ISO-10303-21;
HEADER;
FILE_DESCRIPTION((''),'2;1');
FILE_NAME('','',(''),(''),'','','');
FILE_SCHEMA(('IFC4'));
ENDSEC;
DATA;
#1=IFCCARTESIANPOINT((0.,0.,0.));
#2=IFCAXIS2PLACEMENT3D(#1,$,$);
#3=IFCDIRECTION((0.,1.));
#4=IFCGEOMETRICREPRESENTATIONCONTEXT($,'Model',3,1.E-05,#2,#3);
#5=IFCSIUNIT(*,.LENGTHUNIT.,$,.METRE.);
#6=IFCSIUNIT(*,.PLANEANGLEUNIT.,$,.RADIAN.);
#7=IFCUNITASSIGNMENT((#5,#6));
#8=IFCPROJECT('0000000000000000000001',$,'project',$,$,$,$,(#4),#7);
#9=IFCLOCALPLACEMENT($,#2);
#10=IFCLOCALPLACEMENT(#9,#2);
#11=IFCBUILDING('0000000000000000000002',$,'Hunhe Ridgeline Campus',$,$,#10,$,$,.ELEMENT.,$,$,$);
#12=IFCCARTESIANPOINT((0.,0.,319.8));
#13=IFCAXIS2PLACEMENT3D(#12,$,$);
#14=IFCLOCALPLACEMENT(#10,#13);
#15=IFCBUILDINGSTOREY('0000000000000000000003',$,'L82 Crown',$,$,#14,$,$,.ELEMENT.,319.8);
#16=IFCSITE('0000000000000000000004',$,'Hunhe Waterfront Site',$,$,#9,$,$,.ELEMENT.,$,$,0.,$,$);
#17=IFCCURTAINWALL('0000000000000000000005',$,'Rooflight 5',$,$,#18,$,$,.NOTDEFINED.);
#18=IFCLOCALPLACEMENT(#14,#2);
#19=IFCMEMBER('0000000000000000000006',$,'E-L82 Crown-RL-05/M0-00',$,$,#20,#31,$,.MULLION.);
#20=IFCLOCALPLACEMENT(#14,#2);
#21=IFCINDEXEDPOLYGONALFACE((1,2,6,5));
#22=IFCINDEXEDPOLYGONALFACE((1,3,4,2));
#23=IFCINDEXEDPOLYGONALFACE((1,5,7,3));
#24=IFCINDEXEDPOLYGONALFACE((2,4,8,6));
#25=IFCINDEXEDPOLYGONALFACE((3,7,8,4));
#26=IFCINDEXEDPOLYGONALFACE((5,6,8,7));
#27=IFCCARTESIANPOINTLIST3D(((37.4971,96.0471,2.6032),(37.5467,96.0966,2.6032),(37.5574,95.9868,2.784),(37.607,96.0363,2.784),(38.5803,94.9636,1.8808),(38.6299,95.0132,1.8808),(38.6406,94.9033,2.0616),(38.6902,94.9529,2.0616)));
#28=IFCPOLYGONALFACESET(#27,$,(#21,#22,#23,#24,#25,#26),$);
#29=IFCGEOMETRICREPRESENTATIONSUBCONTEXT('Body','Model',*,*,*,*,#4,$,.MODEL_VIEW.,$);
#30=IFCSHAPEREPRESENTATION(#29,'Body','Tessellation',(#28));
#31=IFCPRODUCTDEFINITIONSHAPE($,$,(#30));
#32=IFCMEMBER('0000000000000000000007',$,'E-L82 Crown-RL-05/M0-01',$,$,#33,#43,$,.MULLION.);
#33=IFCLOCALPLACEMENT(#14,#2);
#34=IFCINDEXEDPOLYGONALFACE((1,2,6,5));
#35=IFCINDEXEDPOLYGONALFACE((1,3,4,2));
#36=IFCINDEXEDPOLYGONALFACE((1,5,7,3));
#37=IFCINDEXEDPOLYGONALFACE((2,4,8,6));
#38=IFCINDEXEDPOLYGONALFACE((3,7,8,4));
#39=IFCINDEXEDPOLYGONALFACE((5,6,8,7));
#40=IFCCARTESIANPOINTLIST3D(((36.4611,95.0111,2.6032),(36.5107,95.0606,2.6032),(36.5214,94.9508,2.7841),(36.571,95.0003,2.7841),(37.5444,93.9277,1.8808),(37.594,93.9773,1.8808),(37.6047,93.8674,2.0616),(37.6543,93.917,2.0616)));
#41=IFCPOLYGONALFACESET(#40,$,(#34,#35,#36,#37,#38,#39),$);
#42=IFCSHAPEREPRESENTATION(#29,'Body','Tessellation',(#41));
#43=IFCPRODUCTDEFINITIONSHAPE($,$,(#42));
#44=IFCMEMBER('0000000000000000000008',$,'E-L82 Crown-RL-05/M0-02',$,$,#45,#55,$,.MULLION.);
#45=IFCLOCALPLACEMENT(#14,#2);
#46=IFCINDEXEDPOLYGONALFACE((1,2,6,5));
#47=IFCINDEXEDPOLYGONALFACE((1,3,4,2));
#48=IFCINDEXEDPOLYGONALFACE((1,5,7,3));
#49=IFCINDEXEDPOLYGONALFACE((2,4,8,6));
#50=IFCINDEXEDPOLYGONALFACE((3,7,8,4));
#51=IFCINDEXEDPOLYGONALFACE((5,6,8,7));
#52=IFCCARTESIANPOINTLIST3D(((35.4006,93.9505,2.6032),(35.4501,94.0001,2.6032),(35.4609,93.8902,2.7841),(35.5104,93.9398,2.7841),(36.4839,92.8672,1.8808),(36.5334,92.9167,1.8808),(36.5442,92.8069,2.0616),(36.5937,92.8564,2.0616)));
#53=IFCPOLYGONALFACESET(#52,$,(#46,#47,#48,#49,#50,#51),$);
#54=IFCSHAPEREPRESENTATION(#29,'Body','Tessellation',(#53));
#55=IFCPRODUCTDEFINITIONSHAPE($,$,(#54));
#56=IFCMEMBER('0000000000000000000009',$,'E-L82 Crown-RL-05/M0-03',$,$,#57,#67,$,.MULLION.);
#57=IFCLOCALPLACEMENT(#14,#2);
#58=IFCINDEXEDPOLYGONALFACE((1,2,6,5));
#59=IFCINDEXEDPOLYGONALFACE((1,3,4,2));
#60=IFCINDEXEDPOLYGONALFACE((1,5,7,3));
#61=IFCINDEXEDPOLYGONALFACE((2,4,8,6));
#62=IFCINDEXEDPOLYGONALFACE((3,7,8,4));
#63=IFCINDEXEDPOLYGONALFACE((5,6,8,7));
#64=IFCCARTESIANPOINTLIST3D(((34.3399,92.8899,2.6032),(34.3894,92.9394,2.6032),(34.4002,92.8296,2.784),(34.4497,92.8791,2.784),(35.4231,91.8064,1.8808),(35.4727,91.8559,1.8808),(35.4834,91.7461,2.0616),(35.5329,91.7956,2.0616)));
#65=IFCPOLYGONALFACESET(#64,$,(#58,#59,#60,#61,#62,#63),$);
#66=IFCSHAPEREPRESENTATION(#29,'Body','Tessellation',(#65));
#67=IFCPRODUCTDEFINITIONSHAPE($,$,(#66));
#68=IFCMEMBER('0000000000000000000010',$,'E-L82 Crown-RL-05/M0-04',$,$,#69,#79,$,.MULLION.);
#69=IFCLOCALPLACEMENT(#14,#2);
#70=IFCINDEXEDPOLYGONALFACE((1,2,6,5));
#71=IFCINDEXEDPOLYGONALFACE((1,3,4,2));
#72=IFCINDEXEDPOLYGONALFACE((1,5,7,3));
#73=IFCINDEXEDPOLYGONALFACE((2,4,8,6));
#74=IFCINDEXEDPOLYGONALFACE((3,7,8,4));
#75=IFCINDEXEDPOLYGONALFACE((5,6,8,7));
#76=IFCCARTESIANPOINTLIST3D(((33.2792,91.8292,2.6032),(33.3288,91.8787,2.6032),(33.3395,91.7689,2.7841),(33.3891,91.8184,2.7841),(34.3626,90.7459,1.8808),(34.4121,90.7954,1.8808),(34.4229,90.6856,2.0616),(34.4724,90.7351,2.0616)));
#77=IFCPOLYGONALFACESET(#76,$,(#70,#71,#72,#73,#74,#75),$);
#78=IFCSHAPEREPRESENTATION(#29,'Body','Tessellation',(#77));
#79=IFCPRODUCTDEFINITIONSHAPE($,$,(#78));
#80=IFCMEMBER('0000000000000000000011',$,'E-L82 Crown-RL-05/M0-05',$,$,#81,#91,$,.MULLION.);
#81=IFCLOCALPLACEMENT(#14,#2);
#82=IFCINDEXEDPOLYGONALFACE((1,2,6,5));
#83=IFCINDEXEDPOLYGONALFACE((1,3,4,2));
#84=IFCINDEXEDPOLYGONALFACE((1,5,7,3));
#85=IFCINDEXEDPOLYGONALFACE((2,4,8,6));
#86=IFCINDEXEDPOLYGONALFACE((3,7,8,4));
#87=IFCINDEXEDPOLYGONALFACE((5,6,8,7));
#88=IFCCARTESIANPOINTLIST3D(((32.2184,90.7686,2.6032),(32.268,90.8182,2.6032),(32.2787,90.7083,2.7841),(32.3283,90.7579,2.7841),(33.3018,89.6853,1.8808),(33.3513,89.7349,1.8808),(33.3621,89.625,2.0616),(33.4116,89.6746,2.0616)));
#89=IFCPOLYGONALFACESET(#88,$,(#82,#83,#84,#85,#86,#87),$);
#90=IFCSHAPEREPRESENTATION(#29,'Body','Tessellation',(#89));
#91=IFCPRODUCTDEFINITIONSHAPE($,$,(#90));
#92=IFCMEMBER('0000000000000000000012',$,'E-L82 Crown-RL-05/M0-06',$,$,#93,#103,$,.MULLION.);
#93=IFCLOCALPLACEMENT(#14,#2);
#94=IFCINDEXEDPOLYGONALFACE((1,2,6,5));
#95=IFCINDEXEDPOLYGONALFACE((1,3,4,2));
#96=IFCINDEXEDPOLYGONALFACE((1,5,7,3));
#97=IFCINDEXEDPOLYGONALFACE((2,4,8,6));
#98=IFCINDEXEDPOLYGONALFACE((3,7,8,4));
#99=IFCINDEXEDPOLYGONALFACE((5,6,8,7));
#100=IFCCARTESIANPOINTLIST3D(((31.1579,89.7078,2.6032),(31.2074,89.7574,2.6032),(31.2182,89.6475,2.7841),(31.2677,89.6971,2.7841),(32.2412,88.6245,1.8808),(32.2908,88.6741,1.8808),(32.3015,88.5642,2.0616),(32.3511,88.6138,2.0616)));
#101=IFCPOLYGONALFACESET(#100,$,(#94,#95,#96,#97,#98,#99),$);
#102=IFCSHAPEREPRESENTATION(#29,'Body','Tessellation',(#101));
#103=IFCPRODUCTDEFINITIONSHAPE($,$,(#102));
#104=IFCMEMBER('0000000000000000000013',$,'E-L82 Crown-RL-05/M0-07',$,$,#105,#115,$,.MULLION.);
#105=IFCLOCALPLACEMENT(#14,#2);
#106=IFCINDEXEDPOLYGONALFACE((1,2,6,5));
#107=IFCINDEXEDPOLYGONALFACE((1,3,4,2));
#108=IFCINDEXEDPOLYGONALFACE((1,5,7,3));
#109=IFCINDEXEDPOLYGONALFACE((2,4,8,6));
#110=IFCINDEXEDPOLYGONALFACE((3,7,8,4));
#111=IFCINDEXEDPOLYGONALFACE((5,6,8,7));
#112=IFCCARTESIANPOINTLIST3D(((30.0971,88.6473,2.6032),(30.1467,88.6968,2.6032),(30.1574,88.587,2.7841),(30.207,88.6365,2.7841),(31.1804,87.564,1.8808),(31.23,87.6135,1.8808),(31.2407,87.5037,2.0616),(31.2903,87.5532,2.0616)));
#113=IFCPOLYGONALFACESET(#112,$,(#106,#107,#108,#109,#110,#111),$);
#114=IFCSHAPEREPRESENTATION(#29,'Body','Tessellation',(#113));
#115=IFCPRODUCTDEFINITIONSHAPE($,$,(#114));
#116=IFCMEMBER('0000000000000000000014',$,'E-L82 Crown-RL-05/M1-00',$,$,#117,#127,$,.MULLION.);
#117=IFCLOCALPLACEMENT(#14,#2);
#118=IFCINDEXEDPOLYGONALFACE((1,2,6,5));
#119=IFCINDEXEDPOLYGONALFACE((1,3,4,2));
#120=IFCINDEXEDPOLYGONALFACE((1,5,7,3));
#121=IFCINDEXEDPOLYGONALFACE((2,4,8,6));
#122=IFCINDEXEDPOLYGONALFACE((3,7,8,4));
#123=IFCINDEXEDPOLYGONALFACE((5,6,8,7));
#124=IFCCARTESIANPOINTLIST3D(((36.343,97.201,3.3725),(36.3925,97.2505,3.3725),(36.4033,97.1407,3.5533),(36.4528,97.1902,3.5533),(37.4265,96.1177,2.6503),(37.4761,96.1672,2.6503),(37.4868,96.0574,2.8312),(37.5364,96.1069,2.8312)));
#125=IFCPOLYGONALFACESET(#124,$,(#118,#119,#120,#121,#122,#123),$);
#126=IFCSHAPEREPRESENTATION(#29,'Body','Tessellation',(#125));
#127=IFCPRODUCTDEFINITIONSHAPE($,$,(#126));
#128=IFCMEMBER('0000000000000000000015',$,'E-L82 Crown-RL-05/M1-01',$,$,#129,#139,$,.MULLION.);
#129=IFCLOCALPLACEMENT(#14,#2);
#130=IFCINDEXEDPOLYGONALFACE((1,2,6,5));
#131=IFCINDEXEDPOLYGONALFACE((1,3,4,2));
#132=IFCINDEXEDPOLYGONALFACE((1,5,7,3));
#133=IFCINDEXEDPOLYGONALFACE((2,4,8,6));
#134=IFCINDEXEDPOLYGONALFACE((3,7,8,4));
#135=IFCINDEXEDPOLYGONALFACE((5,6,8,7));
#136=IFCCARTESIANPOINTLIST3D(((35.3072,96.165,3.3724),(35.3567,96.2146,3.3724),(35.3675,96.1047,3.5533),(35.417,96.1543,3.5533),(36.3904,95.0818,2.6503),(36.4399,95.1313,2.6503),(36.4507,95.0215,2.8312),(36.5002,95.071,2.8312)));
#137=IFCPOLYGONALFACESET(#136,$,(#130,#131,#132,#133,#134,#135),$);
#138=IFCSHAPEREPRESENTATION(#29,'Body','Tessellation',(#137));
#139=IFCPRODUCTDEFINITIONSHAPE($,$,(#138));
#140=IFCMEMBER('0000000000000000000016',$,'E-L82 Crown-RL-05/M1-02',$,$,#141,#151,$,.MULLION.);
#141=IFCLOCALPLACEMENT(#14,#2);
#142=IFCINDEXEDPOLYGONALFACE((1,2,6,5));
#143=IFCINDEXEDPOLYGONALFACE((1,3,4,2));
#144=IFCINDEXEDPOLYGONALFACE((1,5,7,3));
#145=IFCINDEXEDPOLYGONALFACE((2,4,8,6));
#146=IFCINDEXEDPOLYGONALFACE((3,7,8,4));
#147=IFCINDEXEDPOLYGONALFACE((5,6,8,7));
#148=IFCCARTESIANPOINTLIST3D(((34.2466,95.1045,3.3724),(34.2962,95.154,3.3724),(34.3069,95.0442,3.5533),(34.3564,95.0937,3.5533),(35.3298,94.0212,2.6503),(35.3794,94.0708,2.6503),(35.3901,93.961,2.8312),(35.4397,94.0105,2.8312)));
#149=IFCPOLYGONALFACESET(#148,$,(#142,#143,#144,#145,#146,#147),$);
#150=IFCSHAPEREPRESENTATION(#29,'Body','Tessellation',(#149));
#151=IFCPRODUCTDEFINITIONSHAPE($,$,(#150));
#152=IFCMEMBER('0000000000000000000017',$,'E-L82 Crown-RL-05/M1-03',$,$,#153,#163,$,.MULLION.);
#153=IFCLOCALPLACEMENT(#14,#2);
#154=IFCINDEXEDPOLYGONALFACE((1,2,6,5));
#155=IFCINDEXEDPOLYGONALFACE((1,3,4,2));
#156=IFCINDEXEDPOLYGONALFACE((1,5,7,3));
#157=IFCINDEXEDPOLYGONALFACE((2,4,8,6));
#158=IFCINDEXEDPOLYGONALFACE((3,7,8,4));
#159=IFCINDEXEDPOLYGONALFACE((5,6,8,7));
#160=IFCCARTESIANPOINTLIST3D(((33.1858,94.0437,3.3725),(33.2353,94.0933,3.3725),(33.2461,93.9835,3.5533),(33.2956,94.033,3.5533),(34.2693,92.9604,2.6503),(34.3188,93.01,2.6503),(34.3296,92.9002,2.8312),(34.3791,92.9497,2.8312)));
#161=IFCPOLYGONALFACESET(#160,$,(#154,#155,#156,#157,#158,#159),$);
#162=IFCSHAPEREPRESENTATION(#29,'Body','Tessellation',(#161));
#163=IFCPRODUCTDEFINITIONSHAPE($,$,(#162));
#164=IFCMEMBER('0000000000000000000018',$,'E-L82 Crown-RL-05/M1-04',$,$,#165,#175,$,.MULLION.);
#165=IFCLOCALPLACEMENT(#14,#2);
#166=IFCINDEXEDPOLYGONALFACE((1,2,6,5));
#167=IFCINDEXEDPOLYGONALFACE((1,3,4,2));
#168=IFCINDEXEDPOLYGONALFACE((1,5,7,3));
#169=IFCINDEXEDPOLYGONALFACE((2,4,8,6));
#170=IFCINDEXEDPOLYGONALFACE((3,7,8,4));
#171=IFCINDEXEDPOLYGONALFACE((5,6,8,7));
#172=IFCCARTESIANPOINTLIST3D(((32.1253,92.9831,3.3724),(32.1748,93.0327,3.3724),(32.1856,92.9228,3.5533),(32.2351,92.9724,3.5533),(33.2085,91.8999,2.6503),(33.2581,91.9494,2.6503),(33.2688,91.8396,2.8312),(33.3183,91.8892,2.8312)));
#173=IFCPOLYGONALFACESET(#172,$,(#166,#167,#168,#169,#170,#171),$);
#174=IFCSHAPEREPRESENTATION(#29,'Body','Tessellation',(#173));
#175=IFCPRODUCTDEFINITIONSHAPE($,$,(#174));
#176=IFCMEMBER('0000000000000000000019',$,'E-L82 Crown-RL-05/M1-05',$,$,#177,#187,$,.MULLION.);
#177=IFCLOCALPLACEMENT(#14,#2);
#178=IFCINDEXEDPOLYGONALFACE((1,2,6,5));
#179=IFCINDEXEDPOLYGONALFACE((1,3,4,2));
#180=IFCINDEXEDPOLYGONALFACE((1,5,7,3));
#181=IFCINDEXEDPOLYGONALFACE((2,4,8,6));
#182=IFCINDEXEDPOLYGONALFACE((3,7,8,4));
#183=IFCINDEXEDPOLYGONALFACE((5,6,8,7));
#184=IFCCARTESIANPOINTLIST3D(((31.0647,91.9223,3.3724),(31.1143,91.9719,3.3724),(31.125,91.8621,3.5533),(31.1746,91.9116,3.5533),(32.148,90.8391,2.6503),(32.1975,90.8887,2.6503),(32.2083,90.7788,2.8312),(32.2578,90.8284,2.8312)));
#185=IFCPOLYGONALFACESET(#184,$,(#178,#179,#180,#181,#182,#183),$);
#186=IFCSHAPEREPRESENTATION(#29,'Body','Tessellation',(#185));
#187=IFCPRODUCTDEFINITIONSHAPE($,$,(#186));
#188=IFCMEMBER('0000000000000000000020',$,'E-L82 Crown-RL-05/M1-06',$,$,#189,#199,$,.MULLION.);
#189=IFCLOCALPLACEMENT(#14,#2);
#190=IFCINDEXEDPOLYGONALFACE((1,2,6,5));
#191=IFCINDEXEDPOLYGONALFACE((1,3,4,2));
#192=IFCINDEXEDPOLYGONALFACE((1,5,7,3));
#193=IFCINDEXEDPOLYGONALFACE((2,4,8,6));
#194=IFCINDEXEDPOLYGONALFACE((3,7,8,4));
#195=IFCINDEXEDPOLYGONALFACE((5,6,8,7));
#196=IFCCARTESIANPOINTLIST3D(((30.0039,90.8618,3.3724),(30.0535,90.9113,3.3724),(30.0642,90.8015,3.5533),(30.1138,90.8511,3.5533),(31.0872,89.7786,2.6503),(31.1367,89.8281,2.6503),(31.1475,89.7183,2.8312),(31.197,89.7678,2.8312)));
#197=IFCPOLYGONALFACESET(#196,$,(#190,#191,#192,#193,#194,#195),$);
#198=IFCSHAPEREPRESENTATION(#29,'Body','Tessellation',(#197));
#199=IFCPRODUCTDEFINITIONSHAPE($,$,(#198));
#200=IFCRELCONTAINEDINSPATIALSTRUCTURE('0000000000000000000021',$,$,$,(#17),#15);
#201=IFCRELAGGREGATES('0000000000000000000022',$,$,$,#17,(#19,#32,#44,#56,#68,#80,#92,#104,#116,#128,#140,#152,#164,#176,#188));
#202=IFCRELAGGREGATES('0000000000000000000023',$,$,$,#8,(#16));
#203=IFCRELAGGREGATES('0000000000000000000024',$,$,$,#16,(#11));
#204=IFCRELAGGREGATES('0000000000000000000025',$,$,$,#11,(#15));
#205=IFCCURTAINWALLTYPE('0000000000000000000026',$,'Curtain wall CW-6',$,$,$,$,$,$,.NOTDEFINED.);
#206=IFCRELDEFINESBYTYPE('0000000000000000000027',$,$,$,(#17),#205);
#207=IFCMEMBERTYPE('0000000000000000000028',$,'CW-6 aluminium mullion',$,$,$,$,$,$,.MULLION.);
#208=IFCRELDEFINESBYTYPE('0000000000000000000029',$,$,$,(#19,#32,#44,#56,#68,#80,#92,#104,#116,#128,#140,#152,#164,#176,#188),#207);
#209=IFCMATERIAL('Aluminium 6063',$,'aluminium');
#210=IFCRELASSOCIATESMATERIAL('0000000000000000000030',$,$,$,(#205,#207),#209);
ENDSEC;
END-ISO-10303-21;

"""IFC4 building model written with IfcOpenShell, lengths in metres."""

from ifc_helpers import new_model, si_unit, direction, frame, origin, origin_2d, place, context, subcontext, project, spatial, rectangle, extrude, material, material_profile, profile_set, type_object, element, aggregate, save


model = new_model("IFC4")

# Units and contexts
model_context = context("Model", 3, precision=1e-05, world=origin(), true_north=direction((0.0, 1.0)))
body_context = subcontext(model_context, "Body", "Model", "MODEL_VIEW")
ifc_project = project(units=[si_unit("LENGTHUNIT", "METRE"), si_unit("PLANEANGLEUNIT", "RADIAN")], contexts=[model_context])

# Site, building, storey
site_placement = place(None, origin())
site = spatial("IfcSite", under=ifc_project, at=site_placement, Name="Hunhe Waterfront Site", CompositionType="ELEMENT", RefElevation=0.0)
building_placement = place(site_placement, origin())
building = spatial("IfcBuilding", under=site, at=building_placement, Name="Hunhe Ridgeline Campus", CompositionType="ELEMENT")
storey_placement = place(building_placement, frame((0.0, 0.0, 319.8)))
storey = spatial("IfcBuildingStorey", under=building, at=storey_placement, Name="L82 Crown", CompositionType="ELEMENT", Elevation=319.8)

# Curtain wall, members
ifc_material_1 = material(Name="Aluminium 6063", Category="aluminium")
curtain_wall_type = type_object("IfcCurtainWallType", Name="Curtain wall CW-6", PredefinedType="NOTDEFINED", material=ifc_material_1)
curtain_wall_placement = place(storey_placement, origin())
curtain_wall = element("IfcCurtainWall", 1, at=curtain_wall_placement, inside=storey, type_object=curtain_wall_type, Name="Rooflight 5", PredefinedType="NOTDEFINED")
ifc_material_profile_1 = material_profile(ifc_material_1, rectangle(XDim=0.0701, YDim=0.2, at=origin_2d()))
ifc_profile_set_1 = profile_set([ifc_material_profile_1], Name="Aluminium 6063")
member_type_1 = type_object("IfcMemberType", Name="CW-6 aluminium mullion", PredefinedType="MULLION", material=ifc_profile_set_1)
member_1_placement = place(storey_placement, frame((38.6353, 94.9583, 1.9712), z_axis=(-0.639504, 0.639648, 0.42648), x_axis=(-0.707186, -0.707027, 0.0)))
member_1 = element("IfcMember", 2, at=member_1_placement, type_object=member_type_1, Name="E-L82 Crown-RL-05/M0-00", PredefinedType="MULLION", context=body_context, shape_type="SweptSolid", body=[
    extrude(rectangle(XDim=0.0701, YDim=0.2, at=origin_2d()), origin(), (0.0, 0.0, 1.0), 1.6938),
])
member_2_placement = place(storey_placement, frame((37.5994, 93.9224, 1.9712), z_axis=(-0.639563, 0.639563, 0.426519), x_axis=(-0.707107, -0.707107, 0.0)))
member_2 = element("IfcMember", 3, at=member_2_placement, type_object=member_type_1, Name="E-L82 Crown-RL-05/M0-01", PredefinedType="MULLION", context=body_context, shape_type="SweptSolid", body=[
    extrude(rectangle(XDim=0.0701, YDim=0.2, at=origin_2d()), origin(), (0.0, 0.0, 1.0), 1.6938),
])
member_3_placement = place(storey_placement, frame((36.5388, 92.8618, 1.9712), z_axis=(-0.639563, 0.639563, 0.426519), x_axis=(-0.707107, -0.707107, 0.0)))
member_3 = element("IfcMember", 4, at=member_3_placement, type_object=member_type_1, Name="E-L82 Crown-RL-05/M0-02", PredefinedType="MULLION", context=body_context, shape_type="SweptSolid", body=[
    extrude(rectangle(XDim=0.0701, YDim=0.2, at=origin_2d()), origin(), (0.0, 0.0, 1.0), 1.6938),
])
member_4_placement = place(storey_placement, frame((35.478, 91.801, 1.9712), z_axis=(-0.639504, 0.639648, 0.42648), x_axis=(-0.707186, -0.707027, 0.0)))
member_4 = element("IfcMember", 5, at=member_4_placement, type_object=member_type_1, Name="E-L82 Crown-RL-05/M0-03", PredefinedType="MULLION", context=body_context, shape_type="SweptSolid", body=[
    extrude(rectangle(XDim=0.0701, YDim=0.2, at=origin_2d()), origin(), (0.0, 0.0, 1.0), 1.6938),
])
member_5_placement = place(storey_placement, frame((34.4175, 90.7405, 1.9712), z_axis=(-0.639563, 0.639563, 0.426519), x_axis=(-0.707107, -0.707107, 0.0)))
member_5 = element("IfcMember", 6, at=member_5_placement, type_object=member_type_1, Name="E-L82 Crown-RL-05/M0-04", PredefinedType="MULLION", context=body_context, shape_type="SweptSolid", body=[
    extrude(rectangle(XDim=0.0701, YDim=0.2, at=origin_2d()), origin(), (0.0, 0.0, 1.0), 1.6938),
])
member_6_placement = place(storey_placement, frame((33.3567, 89.6799, 1.9712), z_axis=(-0.639563, 0.639563, 0.426519), x_axis=(-0.707107, -0.707107, 0.0)))
member_6 = element("IfcMember", 7, at=member_6_placement, type_object=member_type_1, Name="E-L82 Crown-RL-05/M0-05", PredefinedType="MULLION", context=body_context, shape_type="SweptSolid", body=[
    extrude(rectangle(XDim=0.0701, YDim=0.2, at=origin_2d()), origin(), (0.0, 0.0, 1.0), 1.6938),
])
member_7_placement = place(storey_placement, frame((32.2961, 88.6191, 1.9712), z_axis=(-0.639563, 0.639563, 0.426519), x_axis=(-0.707107, -0.707107, 0.0)))
member_7 = element("IfcMember", 8, at=member_7_placement, type_object=member_type_1, Name="E-L82 Crown-RL-05/M0-06", PredefinedType="MULLION", context=body_context, shape_type="SweptSolid", body=[
    extrude(rectangle(XDim=0.0701, YDim=0.2, at=origin_2d()), origin(), (0.0, 0.0, 1.0), 1.6938),
])
member_8_placement = place(storey_placement, frame((31.2354, 87.5586, 1.9712), z_axis=(-0.639563, 0.639563, 0.426519), x_axis=(-0.707107, -0.707107, 0.0)))
member_8 = element("IfcMember", 9, at=member_8_placement, type_object=member_type_1, Name="E-L82 Crown-RL-05/M0-07", PredefinedType="MULLION", context=body_context, shape_type="SweptSolid", body=[
    extrude(rectangle(XDim=0.0701, YDim=0.2, at=origin_2d()), origin(), (0.0, 0.0, 1.0), 1.6938),
])
member_9_placement = place(storey_placement, frame((37.4814, 96.1123, 2.7407), z_axis=(-0.639687, 0.639543, 0.426362), x_axis=(-0.707027, -0.707186, 0.0)))
member_9 = element("IfcMember", 10, at=member_9_placement, type_object=member_type_1, Name="E-L82 Crown-RL-05/M1-00", PredefinedType="MULLION", context=body_context, shape_type="SweptSolid", body=[
    extrude(rectangle(XDim=0.0701, YDim=0.2, at=origin_2d()), origin(), (0.0, 0.0, 1.0), 1.6938),
])
member_10_placement = place(storey_placement, frame((36.4453, 95.0764, 2.7407), z_axis=(-0.639602, 0.639602, 0.426401), x_axis=(-0.707107, -0.707107, 0.0)))
member_10 = element("IfcMember", 11, at=member_10_placement, type_object=member_type_1, Name="E-L82 Crown-RL-05/M1-01", PredefinedType="MULLION", context=body_context, shape_type="SweptSolid", body=[
    extrude(rectangle(XDim=0.0701, YDim=0.2, at=origin_2d()), origin(), (0.0, 0.0, 1.0), 1.6936),
])
member_11_placement = place(storey_placement, frame((35.3848, 94.0159, 2.7407), z_axis=(-0.639602, 0.639602, 0.426401), x_axis=(-0.707107, -0.707107, 0.0)))
member_11 = element("IfcMember", 12, at=member_11_placement, type_object=member_type_1, Name="E-L82 Crown-RL-05/M1-02", PredefinedType="MULLION", context=body_context, shape_type="SweptSolid", body=[
    extrude(rectangle(XDim=0.0701, YDim=0.2, at=origin_2d()), origin(), (0.0, 0.0, 1.0), 1.6936),
])
member_12_placement = place(storey_placement, frame((34.3242, 92.9551, 2.7407), z_axis=(-0.639687, 0.639543, 0.426362), x_axis=(-0.707027, -0.707186, 0.0)))
member_12 = element("IfcMember", 13, at=member_12_placement, type_object=member_type_1, Name="E-L82 Crown-RL-05/M1-03", PredefinedType="MULLION", context=body_context, shape_type="SweptSolid", body=[
    extrude(rectangle(XDim=0.0701, YDim=0.2, at=origin_2d()), origin(), (0.0, 0.0, 1.0), 1.6938),
])
member_13_placement = place(storey_placement, frame((33.2634, 91.8945, 2.7407), z_axis=(-0.639602, 0.639602, 0.426401), x_axis=(-0.707107, -0.707107, 0.0)))
member_13 = element("IfcMember", 14, at=member_13_placement, type_object=member_type_1, Name="E-L82 Crown-RL-05/M1-04", PredefinedType="MULLION", context=body_context, shape_type="SweptSolid", body=[
    extrude(rectangle(XDim=0.0701, YDim=0.2, at=origin_2d()), origin(), (0.0, 0.0, 1.0), 1.6936),
])
member_14_placement = place(storey_placement, frame((32.2029, 90.8337, 2.7407), z_axis=(-0.639602, 0.639602, 0.426401), x_axis=(-0.707107, -0.707107, 0.0)))
member_14 = element("IfcMember", 15, at=member_14_placement, type_object=member_type_1, Name="E-L82 Crown-RL-05/M1-05", PredefinedType="MULLION", context=body_context, shape_type="SweptSolid", body=[
    extrude(rectangle(XDim=0.0701, YDim=0.2, at=origin_2d()), origin(), (0.0, 0.0, 1.0), 1.6936),
])
member_15_placement = place(storey_placement, frame((31.1421, 89.7732, 2.7407), z_axis=(-0.639602, 0.639602, 0.426401), x_axis=(-0.707107, -0.707107, 0.0)))
member_15 = element("IfcMember", 16, at=member_15_placement, type_object=member_type_1, Name="E-L82 Crown-RL-05/M1-06", PredefinedType="MULLION", context=body_context, shape_type="SweptSolid", body=[
    extrude(rectangle(XDim=0.0701, YDim=0.2, at=origin_2d()), origin(), (0.0, 0.0, 1.0), 1.6936),
])
aggregate(curtain_wall, [member_1, member_2, member_3, member_4, member_5, member_6, member_7, member_8, member_9, member_10, member_11, member_12, member_13, member_14, member_15])

save(model, "model.ifc")
